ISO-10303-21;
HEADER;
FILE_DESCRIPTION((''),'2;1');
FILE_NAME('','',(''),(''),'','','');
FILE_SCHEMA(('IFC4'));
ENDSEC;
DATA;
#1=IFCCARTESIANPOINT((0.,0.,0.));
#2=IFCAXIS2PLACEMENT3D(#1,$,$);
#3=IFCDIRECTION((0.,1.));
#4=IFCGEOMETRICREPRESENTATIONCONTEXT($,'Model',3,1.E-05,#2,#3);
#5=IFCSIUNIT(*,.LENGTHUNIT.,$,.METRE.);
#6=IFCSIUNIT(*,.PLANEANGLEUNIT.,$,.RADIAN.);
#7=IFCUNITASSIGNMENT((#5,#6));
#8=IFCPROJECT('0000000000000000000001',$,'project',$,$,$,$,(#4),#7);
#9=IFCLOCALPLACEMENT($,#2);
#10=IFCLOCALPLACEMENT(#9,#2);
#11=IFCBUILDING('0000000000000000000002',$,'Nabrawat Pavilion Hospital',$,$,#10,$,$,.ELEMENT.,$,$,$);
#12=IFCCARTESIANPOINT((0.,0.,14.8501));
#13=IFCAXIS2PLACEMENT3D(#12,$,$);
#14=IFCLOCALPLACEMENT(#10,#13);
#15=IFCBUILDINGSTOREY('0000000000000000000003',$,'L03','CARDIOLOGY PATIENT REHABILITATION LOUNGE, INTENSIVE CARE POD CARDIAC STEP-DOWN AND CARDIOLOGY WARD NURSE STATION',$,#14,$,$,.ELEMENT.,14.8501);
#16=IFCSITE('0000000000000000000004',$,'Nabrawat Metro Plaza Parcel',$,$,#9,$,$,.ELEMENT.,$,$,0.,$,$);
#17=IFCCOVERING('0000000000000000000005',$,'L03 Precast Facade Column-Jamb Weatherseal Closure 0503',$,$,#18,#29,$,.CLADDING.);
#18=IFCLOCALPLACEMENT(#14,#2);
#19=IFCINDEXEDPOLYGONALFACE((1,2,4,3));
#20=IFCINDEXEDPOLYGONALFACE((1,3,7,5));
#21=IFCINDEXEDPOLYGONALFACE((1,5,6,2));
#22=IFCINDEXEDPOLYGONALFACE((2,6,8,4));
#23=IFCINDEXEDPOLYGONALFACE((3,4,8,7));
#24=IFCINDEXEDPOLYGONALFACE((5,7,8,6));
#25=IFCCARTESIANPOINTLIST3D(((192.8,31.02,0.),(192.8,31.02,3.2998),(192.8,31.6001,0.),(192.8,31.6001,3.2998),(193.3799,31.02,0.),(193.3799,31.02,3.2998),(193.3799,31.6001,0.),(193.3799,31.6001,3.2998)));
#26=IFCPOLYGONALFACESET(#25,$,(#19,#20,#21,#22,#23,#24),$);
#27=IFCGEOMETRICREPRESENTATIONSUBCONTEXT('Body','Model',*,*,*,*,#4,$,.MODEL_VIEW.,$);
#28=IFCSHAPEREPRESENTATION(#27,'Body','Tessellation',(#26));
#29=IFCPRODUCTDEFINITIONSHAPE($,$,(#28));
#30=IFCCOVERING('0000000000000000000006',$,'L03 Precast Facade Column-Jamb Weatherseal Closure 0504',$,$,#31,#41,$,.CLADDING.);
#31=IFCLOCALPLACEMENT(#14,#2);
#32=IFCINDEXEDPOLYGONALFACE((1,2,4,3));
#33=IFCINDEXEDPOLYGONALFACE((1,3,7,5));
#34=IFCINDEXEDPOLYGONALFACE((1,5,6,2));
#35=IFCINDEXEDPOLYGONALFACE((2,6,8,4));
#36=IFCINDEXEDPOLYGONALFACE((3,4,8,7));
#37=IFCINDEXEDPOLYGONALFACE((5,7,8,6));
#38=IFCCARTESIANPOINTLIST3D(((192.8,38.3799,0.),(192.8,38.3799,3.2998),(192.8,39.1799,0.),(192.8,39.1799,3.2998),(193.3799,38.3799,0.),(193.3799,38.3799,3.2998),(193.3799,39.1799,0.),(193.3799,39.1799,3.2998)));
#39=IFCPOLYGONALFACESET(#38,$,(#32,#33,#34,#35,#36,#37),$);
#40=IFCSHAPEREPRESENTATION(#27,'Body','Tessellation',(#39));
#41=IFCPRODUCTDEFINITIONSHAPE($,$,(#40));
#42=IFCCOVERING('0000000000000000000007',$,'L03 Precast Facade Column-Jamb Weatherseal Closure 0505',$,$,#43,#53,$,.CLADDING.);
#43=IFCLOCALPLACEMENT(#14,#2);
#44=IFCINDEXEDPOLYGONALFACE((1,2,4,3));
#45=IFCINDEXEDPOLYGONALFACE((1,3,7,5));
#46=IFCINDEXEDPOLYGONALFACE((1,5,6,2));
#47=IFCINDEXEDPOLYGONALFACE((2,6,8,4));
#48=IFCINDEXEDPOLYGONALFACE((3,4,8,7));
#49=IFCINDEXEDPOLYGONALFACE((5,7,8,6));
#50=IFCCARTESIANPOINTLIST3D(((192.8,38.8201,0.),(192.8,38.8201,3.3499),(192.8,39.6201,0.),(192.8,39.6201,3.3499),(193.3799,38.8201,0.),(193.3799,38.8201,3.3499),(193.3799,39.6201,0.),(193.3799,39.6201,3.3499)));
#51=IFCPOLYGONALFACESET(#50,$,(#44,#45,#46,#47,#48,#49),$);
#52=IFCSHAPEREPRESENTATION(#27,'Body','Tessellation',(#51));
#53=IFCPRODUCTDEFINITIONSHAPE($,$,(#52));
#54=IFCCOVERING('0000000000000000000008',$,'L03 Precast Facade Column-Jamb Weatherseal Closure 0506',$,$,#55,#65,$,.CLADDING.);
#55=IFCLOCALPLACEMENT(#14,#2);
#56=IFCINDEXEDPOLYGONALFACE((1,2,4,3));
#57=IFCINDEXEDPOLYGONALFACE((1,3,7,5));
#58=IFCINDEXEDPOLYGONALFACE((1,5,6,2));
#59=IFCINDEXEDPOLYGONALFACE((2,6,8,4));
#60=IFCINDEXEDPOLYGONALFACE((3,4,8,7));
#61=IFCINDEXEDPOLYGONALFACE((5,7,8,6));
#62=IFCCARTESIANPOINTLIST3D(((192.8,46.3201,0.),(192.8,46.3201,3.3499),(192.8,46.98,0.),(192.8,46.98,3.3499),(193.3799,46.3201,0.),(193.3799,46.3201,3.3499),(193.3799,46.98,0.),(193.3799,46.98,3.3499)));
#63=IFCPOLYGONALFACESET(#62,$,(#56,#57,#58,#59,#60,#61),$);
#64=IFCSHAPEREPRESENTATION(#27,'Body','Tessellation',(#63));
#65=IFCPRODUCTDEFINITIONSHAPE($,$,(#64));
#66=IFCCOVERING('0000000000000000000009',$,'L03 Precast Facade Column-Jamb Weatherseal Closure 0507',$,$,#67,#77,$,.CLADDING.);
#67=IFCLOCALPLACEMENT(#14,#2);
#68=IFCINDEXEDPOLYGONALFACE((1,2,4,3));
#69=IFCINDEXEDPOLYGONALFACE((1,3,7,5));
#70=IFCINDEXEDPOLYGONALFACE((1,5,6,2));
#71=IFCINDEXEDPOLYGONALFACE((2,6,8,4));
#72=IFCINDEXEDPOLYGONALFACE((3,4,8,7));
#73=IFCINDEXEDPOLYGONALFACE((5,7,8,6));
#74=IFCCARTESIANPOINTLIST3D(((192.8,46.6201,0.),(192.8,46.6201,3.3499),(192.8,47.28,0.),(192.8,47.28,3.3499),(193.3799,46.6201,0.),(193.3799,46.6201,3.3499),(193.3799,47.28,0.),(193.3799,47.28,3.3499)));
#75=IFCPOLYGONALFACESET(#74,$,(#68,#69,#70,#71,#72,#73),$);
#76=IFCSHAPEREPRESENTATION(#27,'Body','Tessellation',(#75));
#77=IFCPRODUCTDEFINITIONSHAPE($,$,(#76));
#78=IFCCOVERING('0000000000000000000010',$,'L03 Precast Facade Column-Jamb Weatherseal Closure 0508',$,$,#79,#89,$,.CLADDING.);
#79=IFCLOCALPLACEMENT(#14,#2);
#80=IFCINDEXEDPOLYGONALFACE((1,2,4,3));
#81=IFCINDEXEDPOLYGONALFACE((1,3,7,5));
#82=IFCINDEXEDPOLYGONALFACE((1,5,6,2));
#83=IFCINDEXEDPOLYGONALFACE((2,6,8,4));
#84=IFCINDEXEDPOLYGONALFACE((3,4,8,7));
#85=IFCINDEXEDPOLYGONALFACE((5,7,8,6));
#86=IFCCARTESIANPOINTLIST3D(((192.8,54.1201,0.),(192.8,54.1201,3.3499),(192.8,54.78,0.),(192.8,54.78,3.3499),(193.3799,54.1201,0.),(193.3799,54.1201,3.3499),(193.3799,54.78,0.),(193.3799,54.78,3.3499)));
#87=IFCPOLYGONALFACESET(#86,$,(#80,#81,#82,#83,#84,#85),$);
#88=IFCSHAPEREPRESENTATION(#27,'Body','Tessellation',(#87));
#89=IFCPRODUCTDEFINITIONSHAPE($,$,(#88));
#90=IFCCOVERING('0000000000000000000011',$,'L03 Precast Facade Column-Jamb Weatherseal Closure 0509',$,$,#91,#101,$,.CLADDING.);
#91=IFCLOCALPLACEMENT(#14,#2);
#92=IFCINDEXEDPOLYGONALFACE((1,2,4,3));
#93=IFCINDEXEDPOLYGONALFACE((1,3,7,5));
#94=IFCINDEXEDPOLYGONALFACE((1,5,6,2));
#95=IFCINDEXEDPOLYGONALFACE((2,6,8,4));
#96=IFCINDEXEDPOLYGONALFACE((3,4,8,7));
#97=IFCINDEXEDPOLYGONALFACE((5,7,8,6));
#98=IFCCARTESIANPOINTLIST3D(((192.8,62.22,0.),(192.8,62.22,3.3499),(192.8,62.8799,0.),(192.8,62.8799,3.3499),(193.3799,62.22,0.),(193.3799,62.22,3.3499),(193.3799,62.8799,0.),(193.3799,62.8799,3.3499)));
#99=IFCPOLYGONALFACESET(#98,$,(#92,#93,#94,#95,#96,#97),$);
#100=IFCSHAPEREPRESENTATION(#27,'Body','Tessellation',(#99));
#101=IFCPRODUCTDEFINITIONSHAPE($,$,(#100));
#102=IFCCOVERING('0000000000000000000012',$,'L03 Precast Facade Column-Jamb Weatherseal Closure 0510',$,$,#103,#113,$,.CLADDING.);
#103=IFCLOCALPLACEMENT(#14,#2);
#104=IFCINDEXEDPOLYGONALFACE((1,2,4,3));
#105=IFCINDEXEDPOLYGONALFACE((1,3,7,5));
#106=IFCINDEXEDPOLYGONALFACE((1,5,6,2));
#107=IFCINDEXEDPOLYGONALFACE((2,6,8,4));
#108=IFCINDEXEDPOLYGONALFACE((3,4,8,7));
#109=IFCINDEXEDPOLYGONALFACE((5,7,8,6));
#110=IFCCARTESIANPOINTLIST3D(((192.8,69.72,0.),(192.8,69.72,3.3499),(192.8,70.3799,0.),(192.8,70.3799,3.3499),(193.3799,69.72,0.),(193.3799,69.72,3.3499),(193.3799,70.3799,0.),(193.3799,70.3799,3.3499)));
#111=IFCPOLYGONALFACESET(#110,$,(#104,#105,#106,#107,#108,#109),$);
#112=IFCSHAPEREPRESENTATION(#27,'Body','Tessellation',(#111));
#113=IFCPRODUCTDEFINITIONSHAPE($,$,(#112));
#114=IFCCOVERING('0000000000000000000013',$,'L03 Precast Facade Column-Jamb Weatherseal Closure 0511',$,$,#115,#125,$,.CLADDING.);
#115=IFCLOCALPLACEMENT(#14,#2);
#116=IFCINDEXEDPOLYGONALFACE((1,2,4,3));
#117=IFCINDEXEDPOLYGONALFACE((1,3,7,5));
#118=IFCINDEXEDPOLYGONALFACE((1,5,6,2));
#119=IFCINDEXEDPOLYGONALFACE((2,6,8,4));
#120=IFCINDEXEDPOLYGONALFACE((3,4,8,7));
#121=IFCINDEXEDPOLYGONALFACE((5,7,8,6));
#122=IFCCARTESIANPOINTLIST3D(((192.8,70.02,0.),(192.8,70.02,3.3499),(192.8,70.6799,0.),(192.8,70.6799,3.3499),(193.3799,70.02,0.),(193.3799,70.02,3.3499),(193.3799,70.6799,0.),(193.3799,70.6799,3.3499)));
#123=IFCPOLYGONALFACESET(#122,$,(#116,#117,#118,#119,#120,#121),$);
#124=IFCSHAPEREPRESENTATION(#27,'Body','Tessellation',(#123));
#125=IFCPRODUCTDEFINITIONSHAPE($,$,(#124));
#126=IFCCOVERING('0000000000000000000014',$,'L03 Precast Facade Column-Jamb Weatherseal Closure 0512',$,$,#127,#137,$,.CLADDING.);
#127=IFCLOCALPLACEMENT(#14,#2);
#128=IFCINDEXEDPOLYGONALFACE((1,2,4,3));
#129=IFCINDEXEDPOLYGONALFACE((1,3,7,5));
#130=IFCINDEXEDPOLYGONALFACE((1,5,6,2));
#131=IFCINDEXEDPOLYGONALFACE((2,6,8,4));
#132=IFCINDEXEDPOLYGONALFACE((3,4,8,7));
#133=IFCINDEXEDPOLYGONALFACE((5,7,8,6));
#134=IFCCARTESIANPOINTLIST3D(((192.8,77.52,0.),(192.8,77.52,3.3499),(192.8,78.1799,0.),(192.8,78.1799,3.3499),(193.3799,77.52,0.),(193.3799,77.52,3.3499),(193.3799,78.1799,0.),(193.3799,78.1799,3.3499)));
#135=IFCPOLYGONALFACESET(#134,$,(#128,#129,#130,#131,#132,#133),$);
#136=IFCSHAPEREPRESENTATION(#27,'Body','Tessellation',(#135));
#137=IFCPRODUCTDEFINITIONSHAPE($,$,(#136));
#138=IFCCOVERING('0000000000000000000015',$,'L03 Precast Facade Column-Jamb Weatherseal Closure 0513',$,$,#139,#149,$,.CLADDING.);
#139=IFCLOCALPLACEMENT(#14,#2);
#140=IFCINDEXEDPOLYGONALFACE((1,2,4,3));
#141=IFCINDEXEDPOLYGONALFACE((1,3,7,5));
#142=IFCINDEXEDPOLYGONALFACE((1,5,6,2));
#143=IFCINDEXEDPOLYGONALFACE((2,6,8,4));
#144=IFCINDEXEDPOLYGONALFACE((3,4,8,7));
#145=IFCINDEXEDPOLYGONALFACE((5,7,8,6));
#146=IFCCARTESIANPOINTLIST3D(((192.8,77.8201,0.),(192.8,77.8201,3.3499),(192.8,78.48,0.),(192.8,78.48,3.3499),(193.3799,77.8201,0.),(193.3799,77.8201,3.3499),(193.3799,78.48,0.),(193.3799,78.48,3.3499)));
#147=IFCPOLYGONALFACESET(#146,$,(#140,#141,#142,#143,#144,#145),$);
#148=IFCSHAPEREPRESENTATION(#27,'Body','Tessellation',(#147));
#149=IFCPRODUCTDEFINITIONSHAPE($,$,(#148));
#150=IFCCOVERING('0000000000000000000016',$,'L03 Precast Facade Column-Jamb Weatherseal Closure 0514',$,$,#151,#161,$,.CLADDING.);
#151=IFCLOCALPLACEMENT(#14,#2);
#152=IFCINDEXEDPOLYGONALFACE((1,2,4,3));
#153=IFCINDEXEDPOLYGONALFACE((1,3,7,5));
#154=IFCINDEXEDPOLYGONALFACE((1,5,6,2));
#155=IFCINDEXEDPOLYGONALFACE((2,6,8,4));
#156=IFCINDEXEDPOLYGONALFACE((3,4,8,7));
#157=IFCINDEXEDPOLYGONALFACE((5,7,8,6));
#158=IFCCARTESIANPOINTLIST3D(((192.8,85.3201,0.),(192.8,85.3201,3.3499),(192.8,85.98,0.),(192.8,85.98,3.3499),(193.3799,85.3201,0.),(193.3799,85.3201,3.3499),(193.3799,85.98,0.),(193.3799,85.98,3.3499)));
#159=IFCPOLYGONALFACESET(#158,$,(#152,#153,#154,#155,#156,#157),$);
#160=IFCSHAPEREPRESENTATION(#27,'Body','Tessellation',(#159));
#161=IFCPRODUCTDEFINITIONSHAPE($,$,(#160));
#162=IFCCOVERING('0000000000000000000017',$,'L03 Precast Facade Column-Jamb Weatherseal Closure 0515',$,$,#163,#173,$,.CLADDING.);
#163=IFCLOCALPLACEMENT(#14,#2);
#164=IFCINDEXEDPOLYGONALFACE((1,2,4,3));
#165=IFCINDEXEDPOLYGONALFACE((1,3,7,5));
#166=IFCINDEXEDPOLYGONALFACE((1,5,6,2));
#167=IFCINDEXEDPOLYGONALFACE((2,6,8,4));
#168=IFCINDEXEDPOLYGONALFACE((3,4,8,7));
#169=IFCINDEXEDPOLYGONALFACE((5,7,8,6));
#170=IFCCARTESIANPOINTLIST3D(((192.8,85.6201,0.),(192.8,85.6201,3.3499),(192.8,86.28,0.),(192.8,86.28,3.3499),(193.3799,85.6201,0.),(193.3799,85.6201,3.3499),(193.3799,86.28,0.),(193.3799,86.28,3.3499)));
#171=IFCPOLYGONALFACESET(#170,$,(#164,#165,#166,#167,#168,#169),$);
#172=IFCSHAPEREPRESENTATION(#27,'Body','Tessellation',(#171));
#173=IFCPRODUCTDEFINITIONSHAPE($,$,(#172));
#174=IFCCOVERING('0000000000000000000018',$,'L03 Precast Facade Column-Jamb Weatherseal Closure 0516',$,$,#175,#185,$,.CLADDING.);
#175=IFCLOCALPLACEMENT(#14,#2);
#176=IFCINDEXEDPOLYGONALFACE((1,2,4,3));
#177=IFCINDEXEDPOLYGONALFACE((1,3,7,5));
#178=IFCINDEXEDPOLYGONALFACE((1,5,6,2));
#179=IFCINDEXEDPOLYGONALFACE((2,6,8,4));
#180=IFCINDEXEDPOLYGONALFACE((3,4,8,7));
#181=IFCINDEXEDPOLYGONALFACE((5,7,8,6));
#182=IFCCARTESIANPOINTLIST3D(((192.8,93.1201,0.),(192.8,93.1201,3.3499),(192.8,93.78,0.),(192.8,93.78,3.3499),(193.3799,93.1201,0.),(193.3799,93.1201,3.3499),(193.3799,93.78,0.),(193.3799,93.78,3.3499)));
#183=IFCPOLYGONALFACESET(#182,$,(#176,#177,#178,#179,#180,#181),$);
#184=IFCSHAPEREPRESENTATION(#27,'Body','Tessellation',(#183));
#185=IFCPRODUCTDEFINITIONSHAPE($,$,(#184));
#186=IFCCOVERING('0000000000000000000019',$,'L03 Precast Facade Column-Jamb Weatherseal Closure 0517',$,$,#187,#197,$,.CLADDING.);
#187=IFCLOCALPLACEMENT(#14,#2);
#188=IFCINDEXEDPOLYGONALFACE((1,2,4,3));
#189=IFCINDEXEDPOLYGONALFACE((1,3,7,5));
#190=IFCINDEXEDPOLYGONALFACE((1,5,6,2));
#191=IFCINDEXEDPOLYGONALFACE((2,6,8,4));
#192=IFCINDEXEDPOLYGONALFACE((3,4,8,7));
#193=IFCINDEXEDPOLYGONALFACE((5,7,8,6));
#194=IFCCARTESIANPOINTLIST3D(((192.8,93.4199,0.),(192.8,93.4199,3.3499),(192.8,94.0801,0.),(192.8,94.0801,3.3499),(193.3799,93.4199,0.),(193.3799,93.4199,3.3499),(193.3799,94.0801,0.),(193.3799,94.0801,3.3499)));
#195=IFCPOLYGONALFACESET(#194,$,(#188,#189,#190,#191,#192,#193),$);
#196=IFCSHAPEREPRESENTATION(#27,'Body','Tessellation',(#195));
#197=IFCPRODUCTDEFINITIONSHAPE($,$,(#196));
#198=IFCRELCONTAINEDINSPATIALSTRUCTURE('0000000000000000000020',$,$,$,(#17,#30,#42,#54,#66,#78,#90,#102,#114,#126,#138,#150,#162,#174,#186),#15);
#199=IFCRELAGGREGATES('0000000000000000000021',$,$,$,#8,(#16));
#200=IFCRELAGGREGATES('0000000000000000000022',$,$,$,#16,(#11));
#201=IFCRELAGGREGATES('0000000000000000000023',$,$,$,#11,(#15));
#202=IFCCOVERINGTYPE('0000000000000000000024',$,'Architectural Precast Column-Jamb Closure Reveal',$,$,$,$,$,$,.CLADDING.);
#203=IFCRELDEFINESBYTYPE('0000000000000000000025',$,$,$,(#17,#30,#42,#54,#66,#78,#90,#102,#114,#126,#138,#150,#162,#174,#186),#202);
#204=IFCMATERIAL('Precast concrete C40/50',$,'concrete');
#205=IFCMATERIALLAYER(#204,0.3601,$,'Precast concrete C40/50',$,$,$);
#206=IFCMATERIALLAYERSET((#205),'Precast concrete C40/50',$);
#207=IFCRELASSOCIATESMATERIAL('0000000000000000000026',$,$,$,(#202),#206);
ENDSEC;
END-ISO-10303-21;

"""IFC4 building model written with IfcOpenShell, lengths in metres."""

from ifc_helpers import new_model, si_unit, direction, frame, origin, place, context, subcontext, project, spatial, polyline, outline, extrude, material, layer, layer_set, type_object, element, save


model = new_model("IFC4")

# Units and contexts
model_context = context("Model", 3, precision=1e-05, world=origin(), true_north=direction((0.0, 1.0)))
body_context = subcontext(model_context, "Body", "Model", "MODEL_VIEW")
ifc_project = project(units=[si_unit("LENGTHUNIT", "METRE"), si_unit("PLANEANGLEUNIT", "RADIAN")], contexts=[model_context])

# Site, building, storey
site_placement = place(None, origin())
site = spatial("IfcSite", under=ifc_project, at=site_placement, Name="Nabrawat Metro Plaza Parcel", CompositionType="ELEMENT", RefElevation=0.0)
building_placement = place(site_placement, origin())
building = spatial("IfcBuilding", under=site, at=building_placement, Name="Nabrawat Pavilion Hospital", CompositionType="ELEMENT")
storey_placement = place(building_placement, frame((0.0, 0.0, 14.8501)))
storey = spatial("IfcBuildingStorey", under=building, at=storey_placement, Name="L03", Description="CARDIOLOGY PATIENT REHABILITATION LOUNGE, INTENSIVE CARE POD CARDIAC STEP-DOWN AND CARDIOLOGY WARD NURSE STATION", CompositionType="ELEMENT", Elevation=14.8501)

# Coverings
ifc_material = material(Name="Precast concrete C40/50", Category="concrete")
ifc_layer = layer(ifc_material, 0.3601, Name="Precast concrete C40/50")
ifc_layer_set = layer_set([ifc_layer], Name="Precast concrete C40/50")
covering_type = type_object("IfcCoveringType", Name="Architectural Precast Column-Jamb Closure Reveal", PredefinedType="CLADDING", material=ifc_layer_set)
covering_1_placement = place(storey_placement, origin())
element("IfcCovering", 1, at=covering_1_placement, inside=storey, type_object=covering_type, Name="L03 Precast Facade Column-Jamb Weatherseal Closure 0503", PredefinedType="CLADDING", context=body_context, shape_type="SweptSolid", body=[
    extrude(outline(polyline([(193.3799, 31.02), (193.3799, 31.6001), (192.8, 31.6001), (192.8, 31.02), (193.3799, 31.02)])), origin(), (0.0, 0.0, 1.0), 3.2998),
])
covering_2_placement = place(storey_placement, origin())
element("IfcCovering", 2, at=covering_2_placement, inside=storey, type_object=covering_type, Name="L03 Precast Facade Column-Jamb Weatherseal Closure 0504", PredefinedType="CLADDING", context=body_context, shape_type="SweptSolid", body=[
    extrude(outline(polyline([(193.3799, 38.3799), (193.3799, 39.1799), (192.8, 39.1799), (192.8, 38.3799), (193.3799, 38.3799)])), origin(), (0.0, 0.0, 1.0), 3.2998),
])
covering_3_placement = place(storey_placement, origin())
element("IfcCovering", 3, at=covering_3_placement, inside=storey, type_object=covering_type, Name="L03 Precast Facade Column-Jamb Weatherseal Closure 0505", PredefinedType="CLADDING", context=body_context, shape_type="SweptSolid", body=[
    extrude(outline(polyline([(193.3799, 38.8201), (193.3799, 39.6201), (192.8, 39.6201), (192.8, 38.8201), (193.3799, 38.8201)])), origin(), (0.0, 0.0, 1.0), 3.3499),
])
covering_4_placement = place(storey_placement, origin())
element("IfcCovering", 4, at=covering_4_placement, inside=storey, type_object=covering_type, Name="L03 Precast Facade Column-Jamb Weatherseal Closure 0506", PredefinedType="CLADDING", context=body_context, shape_type="SweptSolid", body=[
    extrude(outline(polyline([(193.3799, 46.3201), (193.3799, 46.98), (192.8, 46.98), (192.8, 46.3201), (193.3799, 46.3201)])), origin(), (0.0, 0.0, 1.0), 3.3499),
])
covering_5_placement = place(storey_placement, origin())
element("IfcCovering", 5, at=covering_5_placement, inside=storey, type_object=covering_type, Name="L03 Precast Facade Column-Jamb Weatherseal Closure 0507", PredefinedType="CLADDING", context=body_context, shape_type="SweptSolid", body=[
    extrude(outline(polyline([(193.3799, 46.6201), (193.3799, 47.28), (192.8, 47.28), (192.8, 46.6201), (193.3799, 46.6201)])), origin(), (0.0, 0.0, 1.0), 3.3499),
])
covering_6_placement = place(storey_placement, origin())
element("IfcCovering", 6, at=covering_6_placement, inside=storey, type_object=covering_type, Name="L03 Precast Facade Column-Jamb Weatherseal Closure 0508", PredefinedType="CLADDING", context=body_context, shape_type="SweptSolid", body=[
    extrude(outline(polyline([(193.3799, 54.1201), (193.3799, 54.78), (192.8, 54.78), (192.8, 54.1201), (193.3799, 54.1201)])), origin(), (0.0, 0.0, 1.0), 3.3499),
])
covering_7_placement = place(storey_placement, origin())
element("IfcCovering", 7, at=covering_7_placement, inside=storey, type_object=covering_type, Name="L03 Precast Facade Column-Jamb Weatherseal Closure 0509", PredefinedType="CLADDING", context=body_context, shape_type="SweptSolid", body=[
    extrude(outline(polyline([(193.3799, 62.22), (193.3799, 62.8799), (192.8, 62.8799), (192.8, 62.22), (193.3799, 62.22)])), origin(), (0.0, 0.0, 1.0), 3.3499),
])
covering_8_placement = place(storey_placement, origin())
element("IfcCovering", 8, at=covering_8_placement, inside=storey, type_object=covering_type, Name="L03 Precast Facade Column-Jamb Weatherseal Closure 0510", PredefinedType="CLADDING", context=body_context, shape_type="SweptSolid", body=[
    extrude(outline(polyline([(193.3799, 69.72), (193.3799, 70.3799), (192.8, 70.3799), (192.8, 69.72), (193.3799, 69.72)])), origin(), (0.0, 0.0, 1.0), 3.3499),
])
covering_9_placement = place(storey_placement, origin())
element("IfcCovering", 9, at=covering_9_placement, inside=storey, type_object=covering_type, Name="L03 Precast Facade Column-Jamb Weatherseal Closure 0511", PredefinedType="CLADDING", context=body_context, shape_type="SweptSolid", body=[
    extrude(outline(polyline([(193.3799, 70.02), (193.3799, 70.6799), (192.8, 70.6799), (192.8, 70.02), (193.3799, 70.02)])), origin(), (0.0, 0.0, 1.0), 3.3499),
])
covering_10_placement = place(storey_placement, origin())
element("IfcCovering", 10, at=covering_10_placement, inside=storey, type_object=covering_type, Name="L03 Precast Facade Column-Jamb Weatherseal Closure 0512", PredefinedType="CLADDING", context=body_context, shape_type="SweptSolid", body=[
    extrude(outline(polyline([(193.3799, 77.52), (193.3799, 78.1799), (192.8, 78.1799), (192.8, 77.52), (193.3799, 77.52)])), origin(), (0.0, 0.0, 1.0), 3.3499),
])
covering_11_placement = place(storey_placement, origin())
element("IfcCovering", 11, at=covering_11_placement, inside=storey, type_object=covering_type, Name="L03 Precast Facade Column-Jamb Weatherseal Closure 0513", PredefinedType="CLADDING", context=body_context, shape_type="SweptSolid", body=[
    extrude(outline(polyline([(193.3799, 77.8201), (193.3799, 78.48), (192.8, 78.48), (192.8, 77.8201), (193.3799, 77.8201)])), origin(), (0.0, 0.0, 1.0), 3.3499),
])
covering_12_placement = place(storey_placement, origin())
element("IfcCovering", 12, at=covering_12_placement, inside=storey, type_object=covering_type, Name="L03 Precast Facade Column-Jamb Weatherseal Closure 0514", PredefinedType="CLADDING", context=body_context, shape_type="SweptSolid", body=[
    extrude(outline(polyline([(193.3799, 85.3201), (193.3799, 85.98), (192.8, 85.98), (192.8, 85.3201), (193.3799, 85.3201)])), origin(), (0.0, 0.0, 1.0), 3.3499),
])
covering_13_placement = place(storey_placement, origin())
element("IfcCovering", 13, at=covering_13_placement, inside=storey, type_object=covering_type, Name="L03 Precast Facade Column-Jamb Weatherseal Closure 0515", PredefinedType="CLADDING", context=body_context, shape_type="SweptSolid", body=[
    extrude(outline(polyline([(193.3799, 85.6201), (193.3799, 86.28), (192.8, 86.28), (192.8, 85.6201), (193.3799, 85.6201)])), origin(), (0.0, 0.0, 1.0), 3.3499),
])
covering_14_placement = place(storey_placement, origin())
element("IfcCovering", 14, at=covering_14_placement, inside=storey, type_object=covering_type, Name="L03 Precast Facade Column-Jamb Weatherseal Closure 0516", PredefinedType="CLADDING", context=body_context, shape_type="SweptSolid", body=[
    extrude(outline(polyline([(193.3799, 93.1201), (193.3799, 93.78), (192.8, 93.78), (192.8, 93.1201), (193.3799, 93.1201)])), origin(), (0.0, 0.0, 1.0), 3.3499),
])
covering_15_placement = place(storey_placement, origin())
element("IfcCovering", 15, at=covering_15_placement, inside=storey, type_object=covering_type, Name="L03 Precast Facade Column-Jamb Weatherseal Closure 0517", PredefinedType="CLADDING", context=body_context, shape_type="SweptSolid", body=[
    extrude(outline(polyline([(193.3799, 93.4199), (193.3799, 94.0801), (192.8, 94.0801), (192.8, 93.4199), (193.3799, 93.4199)])), origin(), (0.0, 0.0, 1.0), 3.3499),
])

save(model, "model.ifc")
